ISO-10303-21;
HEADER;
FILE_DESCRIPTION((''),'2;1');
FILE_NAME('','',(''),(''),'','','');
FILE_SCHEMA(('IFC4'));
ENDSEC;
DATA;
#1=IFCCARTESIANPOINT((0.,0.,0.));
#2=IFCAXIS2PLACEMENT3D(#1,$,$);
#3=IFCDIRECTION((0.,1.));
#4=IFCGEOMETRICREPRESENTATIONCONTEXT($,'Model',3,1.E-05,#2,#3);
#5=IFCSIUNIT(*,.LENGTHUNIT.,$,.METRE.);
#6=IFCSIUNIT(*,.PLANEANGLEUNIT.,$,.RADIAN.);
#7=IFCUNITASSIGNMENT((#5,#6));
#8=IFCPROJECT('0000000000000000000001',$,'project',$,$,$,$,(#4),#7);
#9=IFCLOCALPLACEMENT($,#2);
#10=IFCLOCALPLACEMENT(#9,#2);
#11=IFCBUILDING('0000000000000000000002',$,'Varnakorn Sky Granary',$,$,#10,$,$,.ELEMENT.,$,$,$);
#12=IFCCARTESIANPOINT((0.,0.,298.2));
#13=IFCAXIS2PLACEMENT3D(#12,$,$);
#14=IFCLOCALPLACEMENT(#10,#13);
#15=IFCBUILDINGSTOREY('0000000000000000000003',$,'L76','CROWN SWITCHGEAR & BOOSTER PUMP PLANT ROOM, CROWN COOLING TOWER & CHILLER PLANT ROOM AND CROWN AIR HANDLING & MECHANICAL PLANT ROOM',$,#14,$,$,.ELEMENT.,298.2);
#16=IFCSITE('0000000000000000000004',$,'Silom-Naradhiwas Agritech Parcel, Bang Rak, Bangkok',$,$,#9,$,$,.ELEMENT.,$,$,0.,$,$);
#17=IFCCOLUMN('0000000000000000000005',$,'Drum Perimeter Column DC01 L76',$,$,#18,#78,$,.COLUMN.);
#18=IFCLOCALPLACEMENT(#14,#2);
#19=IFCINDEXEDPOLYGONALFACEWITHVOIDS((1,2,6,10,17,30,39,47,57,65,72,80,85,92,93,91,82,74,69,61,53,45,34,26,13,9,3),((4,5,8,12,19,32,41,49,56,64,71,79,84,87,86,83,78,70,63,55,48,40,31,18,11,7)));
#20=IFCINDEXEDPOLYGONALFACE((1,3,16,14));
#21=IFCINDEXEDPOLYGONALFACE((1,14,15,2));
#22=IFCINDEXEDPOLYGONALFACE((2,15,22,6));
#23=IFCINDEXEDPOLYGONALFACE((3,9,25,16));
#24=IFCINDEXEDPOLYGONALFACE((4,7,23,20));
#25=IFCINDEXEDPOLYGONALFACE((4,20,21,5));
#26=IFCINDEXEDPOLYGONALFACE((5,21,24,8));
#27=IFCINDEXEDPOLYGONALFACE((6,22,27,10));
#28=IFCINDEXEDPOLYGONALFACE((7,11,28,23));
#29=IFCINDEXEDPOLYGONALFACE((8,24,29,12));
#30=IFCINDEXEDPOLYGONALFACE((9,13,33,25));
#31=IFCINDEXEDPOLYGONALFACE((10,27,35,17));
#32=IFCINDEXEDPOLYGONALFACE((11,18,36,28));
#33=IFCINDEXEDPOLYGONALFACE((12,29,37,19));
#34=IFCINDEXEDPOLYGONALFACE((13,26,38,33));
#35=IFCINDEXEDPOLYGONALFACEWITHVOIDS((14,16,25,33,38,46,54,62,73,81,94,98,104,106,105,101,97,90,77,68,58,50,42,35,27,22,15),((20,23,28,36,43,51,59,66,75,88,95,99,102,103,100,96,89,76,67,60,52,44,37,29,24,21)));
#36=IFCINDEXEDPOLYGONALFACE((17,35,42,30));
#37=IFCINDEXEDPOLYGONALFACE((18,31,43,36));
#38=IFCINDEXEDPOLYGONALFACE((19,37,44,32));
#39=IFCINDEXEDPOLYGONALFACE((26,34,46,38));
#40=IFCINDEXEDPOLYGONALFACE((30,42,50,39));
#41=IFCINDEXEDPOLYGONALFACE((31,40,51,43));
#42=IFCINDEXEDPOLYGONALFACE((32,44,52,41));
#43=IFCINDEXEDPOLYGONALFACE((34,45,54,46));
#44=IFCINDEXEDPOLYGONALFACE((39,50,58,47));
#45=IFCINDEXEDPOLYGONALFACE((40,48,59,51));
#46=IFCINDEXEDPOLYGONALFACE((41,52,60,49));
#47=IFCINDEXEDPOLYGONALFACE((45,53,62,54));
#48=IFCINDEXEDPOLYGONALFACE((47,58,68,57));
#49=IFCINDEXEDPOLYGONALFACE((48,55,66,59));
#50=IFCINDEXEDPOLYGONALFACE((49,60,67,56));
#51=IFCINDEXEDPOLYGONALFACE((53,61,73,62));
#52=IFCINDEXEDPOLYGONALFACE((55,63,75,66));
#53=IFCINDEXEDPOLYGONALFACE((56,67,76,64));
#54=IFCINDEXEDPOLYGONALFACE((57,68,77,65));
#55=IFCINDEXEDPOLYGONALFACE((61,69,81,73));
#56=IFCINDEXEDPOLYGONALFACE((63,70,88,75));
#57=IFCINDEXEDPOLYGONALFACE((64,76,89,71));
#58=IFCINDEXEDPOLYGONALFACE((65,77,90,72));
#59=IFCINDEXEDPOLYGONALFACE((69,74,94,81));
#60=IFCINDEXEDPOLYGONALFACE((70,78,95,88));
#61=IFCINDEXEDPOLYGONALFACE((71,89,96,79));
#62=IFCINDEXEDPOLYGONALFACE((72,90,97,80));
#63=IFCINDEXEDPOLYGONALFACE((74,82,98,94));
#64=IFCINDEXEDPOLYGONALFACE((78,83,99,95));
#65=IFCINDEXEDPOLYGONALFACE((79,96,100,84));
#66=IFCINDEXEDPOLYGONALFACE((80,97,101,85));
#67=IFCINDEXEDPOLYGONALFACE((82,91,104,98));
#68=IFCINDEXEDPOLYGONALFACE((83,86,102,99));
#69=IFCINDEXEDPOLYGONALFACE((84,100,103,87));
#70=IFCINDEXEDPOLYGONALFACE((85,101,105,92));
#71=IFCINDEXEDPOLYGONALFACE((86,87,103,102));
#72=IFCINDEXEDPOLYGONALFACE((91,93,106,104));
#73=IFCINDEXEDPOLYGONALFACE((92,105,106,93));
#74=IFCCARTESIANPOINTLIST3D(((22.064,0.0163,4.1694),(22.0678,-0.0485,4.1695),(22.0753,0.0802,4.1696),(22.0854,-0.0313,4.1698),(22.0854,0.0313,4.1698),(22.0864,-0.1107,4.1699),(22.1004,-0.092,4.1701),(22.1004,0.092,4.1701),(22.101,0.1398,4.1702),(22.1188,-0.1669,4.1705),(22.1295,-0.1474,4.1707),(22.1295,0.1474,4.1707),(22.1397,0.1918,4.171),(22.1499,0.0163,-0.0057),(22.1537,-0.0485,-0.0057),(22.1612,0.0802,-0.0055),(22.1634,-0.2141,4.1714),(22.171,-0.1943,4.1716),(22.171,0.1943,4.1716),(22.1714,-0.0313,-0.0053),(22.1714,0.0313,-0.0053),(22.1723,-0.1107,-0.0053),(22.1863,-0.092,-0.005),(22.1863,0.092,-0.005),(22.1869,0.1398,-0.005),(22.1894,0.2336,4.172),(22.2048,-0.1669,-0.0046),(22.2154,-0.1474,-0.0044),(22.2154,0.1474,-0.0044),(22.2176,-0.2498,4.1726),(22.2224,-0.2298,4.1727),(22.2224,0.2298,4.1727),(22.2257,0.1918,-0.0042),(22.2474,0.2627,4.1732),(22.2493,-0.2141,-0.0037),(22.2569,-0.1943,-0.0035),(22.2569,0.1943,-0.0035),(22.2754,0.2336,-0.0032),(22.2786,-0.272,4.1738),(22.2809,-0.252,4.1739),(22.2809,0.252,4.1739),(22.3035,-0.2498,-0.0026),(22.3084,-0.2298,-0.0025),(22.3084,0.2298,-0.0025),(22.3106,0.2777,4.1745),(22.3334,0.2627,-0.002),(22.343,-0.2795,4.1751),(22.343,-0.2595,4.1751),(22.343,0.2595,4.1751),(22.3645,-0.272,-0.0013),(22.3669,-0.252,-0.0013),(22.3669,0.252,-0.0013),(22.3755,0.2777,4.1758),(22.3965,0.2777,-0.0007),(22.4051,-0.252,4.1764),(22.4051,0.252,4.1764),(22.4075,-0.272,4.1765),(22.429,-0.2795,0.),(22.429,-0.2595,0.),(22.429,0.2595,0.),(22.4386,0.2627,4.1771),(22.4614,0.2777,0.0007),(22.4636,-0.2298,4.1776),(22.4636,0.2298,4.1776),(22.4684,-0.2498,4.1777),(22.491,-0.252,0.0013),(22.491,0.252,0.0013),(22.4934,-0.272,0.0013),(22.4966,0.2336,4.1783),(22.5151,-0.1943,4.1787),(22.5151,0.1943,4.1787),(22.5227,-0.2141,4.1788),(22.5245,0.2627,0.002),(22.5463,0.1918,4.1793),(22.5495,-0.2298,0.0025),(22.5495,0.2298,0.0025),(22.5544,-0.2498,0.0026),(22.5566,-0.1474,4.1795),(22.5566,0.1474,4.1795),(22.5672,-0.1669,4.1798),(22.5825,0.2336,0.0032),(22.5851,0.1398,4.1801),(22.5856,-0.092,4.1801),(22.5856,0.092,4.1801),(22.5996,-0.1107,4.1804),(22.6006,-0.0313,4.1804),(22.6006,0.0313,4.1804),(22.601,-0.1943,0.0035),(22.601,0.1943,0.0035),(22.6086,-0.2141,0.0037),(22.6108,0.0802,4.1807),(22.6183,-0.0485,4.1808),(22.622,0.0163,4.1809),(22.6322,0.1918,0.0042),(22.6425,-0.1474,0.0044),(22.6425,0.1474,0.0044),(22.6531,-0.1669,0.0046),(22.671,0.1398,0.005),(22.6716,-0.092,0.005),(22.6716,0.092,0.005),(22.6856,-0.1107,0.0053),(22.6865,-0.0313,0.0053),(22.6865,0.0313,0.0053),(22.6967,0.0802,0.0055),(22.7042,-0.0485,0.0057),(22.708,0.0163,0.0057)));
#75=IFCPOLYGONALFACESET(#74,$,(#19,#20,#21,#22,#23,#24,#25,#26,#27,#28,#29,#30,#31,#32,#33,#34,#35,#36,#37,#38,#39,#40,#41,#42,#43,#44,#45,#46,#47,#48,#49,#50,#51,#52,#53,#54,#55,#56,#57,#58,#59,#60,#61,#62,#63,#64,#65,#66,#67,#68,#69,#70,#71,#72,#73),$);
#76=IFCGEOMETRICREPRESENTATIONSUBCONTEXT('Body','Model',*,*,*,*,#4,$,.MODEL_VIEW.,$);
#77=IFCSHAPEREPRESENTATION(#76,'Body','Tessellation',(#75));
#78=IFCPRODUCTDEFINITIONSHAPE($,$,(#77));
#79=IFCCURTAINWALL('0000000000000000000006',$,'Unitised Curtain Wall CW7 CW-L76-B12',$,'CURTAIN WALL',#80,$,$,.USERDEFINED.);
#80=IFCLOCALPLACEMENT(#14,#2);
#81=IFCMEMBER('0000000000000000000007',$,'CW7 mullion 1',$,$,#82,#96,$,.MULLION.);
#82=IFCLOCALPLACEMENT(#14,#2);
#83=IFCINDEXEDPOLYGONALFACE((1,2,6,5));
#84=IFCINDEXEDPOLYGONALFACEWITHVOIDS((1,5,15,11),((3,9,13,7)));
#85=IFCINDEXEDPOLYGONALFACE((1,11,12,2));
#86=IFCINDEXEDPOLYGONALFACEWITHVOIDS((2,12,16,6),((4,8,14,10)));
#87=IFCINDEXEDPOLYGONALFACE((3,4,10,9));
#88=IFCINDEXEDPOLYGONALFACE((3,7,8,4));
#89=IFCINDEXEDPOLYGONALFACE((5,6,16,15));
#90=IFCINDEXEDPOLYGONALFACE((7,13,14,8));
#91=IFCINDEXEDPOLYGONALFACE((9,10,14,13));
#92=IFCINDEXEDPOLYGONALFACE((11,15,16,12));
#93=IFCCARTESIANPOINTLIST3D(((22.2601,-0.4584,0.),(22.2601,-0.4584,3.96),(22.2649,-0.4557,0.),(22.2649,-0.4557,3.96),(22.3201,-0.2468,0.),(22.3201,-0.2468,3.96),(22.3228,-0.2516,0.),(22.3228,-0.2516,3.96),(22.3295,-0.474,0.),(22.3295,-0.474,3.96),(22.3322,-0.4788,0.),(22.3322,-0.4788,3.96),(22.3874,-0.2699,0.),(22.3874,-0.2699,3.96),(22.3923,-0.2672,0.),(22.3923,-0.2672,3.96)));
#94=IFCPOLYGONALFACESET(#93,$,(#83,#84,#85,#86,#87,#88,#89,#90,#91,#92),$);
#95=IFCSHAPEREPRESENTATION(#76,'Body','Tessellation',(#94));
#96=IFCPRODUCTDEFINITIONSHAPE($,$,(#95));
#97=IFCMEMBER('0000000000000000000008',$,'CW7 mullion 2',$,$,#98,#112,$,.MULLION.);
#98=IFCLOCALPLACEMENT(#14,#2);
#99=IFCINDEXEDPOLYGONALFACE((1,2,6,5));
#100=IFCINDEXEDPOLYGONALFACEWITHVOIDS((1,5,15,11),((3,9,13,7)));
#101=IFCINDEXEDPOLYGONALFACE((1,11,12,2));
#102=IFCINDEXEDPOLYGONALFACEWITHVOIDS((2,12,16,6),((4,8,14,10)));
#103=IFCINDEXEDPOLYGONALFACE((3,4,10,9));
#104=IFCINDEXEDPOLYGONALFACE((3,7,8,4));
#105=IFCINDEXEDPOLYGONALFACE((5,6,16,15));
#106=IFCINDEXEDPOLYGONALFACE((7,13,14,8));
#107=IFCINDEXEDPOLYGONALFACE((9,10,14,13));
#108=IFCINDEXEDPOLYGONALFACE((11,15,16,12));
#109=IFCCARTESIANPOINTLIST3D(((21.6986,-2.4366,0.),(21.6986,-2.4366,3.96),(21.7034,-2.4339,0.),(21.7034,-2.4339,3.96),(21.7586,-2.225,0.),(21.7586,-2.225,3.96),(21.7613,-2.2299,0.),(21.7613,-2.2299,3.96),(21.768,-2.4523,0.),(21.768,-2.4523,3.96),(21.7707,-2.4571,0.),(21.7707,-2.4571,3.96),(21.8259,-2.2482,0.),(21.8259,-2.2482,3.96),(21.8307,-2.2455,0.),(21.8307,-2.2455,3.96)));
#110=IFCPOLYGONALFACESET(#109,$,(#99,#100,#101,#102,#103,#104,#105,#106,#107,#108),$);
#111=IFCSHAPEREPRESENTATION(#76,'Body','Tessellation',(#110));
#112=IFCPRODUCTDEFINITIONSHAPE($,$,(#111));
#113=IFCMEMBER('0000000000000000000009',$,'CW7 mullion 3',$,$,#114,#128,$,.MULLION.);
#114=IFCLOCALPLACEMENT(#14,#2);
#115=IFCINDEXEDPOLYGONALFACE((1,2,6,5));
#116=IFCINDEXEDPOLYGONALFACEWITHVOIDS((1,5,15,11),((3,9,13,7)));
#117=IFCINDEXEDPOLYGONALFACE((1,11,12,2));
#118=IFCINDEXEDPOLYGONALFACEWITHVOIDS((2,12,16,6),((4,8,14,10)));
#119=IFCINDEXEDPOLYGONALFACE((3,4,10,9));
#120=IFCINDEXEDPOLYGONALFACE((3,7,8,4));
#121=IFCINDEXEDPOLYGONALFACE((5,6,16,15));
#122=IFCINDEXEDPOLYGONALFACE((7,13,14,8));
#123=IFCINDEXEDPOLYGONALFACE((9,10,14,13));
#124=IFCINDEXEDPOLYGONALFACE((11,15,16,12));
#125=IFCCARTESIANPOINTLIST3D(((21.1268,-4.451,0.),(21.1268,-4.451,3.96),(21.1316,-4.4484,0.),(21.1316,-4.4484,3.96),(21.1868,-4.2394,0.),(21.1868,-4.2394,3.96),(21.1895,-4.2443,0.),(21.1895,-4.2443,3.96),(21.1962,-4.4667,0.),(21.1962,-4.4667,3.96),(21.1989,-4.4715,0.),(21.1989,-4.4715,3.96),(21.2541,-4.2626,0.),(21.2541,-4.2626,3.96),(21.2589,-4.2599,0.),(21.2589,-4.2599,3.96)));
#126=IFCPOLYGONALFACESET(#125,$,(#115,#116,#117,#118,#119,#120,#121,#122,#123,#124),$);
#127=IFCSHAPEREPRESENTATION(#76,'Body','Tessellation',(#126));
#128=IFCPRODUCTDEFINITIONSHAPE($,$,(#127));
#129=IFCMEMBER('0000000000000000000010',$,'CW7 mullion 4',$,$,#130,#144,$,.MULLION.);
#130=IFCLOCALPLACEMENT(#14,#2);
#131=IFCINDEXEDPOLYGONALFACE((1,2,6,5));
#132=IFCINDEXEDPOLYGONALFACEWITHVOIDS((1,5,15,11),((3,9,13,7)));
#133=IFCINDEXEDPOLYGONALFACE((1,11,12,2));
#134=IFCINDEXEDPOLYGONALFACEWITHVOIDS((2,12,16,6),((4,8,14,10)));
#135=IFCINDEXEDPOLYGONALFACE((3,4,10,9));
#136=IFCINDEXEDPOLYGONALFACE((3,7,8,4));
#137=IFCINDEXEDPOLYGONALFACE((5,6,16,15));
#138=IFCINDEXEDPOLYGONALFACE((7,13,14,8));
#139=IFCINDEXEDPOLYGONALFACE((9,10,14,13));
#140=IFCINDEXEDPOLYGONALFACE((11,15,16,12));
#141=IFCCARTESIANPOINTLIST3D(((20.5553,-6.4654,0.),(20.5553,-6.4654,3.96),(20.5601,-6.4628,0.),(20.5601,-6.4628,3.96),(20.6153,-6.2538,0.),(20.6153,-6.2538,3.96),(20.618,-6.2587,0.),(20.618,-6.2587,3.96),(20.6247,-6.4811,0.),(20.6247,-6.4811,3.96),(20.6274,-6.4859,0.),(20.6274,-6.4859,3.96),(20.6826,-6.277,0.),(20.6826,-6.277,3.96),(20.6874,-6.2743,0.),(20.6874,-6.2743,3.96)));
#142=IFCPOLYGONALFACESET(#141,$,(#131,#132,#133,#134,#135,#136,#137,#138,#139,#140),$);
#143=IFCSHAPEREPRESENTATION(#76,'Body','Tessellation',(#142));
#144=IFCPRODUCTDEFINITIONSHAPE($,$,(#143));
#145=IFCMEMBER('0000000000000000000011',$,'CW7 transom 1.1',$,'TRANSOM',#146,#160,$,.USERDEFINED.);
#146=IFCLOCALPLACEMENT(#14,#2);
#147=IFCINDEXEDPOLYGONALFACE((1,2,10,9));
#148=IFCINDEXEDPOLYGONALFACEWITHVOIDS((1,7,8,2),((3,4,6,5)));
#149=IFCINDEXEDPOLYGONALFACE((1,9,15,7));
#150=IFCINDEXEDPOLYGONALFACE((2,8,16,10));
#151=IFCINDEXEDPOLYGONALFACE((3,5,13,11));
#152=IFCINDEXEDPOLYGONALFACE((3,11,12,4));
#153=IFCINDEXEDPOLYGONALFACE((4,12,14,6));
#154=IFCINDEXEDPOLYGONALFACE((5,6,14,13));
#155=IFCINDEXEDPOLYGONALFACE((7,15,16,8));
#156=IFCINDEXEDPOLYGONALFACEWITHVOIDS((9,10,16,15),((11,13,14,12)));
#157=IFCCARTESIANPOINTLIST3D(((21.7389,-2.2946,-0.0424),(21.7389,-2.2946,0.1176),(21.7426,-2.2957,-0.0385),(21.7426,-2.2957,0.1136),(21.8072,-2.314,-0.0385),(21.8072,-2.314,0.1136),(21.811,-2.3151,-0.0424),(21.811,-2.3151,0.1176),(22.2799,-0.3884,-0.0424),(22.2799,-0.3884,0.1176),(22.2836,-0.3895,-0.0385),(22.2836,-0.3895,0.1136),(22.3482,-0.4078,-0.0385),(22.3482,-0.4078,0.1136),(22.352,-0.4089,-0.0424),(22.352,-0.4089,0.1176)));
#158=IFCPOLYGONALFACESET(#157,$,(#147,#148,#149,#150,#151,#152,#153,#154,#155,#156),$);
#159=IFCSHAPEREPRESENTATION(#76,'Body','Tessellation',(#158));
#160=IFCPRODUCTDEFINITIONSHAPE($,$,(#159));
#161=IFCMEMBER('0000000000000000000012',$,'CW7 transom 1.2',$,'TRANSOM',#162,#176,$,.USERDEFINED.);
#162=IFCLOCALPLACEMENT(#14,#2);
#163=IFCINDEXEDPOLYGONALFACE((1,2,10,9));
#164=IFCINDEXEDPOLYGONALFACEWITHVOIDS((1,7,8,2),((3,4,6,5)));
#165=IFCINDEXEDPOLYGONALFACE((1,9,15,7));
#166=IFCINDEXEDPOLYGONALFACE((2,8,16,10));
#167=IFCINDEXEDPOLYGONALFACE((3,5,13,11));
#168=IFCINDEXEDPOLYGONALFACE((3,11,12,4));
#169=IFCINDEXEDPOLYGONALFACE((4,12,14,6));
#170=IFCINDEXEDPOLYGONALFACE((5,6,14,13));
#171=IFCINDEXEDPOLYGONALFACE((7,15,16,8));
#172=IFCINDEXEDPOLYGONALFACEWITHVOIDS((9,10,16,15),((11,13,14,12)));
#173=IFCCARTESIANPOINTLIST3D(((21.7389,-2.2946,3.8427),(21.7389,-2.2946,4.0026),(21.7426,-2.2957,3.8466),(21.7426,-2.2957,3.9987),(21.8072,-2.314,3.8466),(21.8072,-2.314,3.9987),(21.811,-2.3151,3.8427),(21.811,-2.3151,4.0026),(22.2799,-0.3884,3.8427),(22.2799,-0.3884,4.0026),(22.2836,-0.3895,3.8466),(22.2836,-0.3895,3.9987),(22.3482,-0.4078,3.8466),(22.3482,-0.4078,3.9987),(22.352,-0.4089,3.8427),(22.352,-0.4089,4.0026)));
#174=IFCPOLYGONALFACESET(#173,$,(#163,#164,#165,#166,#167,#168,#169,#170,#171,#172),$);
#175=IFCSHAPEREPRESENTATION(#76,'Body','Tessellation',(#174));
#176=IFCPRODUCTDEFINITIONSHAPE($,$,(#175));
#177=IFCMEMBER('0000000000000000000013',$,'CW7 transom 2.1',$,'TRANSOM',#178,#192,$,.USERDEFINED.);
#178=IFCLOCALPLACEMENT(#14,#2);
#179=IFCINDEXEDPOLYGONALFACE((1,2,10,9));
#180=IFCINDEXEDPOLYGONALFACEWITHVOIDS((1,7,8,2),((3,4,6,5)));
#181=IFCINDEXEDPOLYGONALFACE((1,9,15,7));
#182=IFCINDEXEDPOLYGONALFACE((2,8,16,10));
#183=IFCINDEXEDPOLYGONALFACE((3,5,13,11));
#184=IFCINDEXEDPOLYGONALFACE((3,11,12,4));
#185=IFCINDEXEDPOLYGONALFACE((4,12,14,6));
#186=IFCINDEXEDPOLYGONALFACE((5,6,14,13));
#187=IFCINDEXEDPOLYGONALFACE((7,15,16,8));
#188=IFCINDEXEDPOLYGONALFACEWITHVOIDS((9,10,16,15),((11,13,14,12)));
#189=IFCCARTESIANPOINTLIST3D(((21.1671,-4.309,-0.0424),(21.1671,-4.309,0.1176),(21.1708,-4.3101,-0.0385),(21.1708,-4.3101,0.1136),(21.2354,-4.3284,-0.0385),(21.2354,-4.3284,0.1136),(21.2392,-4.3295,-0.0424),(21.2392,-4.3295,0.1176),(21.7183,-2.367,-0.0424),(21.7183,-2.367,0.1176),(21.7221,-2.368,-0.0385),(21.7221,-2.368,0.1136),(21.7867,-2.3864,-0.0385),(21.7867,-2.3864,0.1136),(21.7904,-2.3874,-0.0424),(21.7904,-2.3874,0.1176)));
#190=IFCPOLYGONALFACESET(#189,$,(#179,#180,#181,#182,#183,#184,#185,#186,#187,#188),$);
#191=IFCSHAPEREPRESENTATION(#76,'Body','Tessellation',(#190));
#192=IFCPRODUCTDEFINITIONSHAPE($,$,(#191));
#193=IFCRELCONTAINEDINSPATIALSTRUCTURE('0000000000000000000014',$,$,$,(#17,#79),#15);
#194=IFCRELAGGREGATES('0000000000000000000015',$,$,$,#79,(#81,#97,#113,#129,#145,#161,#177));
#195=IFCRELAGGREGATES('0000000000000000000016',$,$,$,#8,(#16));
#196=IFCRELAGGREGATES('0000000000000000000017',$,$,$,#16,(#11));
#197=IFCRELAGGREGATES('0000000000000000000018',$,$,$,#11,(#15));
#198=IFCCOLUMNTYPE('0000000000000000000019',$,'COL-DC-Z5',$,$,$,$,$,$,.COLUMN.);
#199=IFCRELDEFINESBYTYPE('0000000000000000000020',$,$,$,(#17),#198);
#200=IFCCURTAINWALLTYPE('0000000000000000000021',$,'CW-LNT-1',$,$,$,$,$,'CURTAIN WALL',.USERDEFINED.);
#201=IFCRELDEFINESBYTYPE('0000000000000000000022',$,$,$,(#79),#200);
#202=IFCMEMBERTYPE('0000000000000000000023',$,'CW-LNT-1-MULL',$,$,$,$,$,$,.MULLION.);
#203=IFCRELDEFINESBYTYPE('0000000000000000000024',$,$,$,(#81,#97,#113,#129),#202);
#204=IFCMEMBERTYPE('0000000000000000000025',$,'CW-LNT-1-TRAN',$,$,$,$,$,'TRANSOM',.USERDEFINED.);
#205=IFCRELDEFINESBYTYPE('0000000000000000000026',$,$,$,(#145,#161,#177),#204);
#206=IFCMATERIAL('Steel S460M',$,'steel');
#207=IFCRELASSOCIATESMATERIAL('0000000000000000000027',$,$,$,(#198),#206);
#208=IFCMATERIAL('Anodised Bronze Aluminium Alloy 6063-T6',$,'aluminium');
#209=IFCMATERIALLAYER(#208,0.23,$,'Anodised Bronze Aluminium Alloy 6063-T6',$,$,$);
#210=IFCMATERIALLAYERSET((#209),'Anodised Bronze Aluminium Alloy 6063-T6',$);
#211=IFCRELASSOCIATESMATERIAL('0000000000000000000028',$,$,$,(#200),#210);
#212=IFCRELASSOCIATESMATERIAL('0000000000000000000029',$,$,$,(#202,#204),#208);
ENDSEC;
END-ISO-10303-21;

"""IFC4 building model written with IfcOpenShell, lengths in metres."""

from ifc_helpers import new_model, si_unit, direction, frame, origin, origin_2d, place, context, subcontext, project, spatial, hollow_rectangle, hollow_circle, extrude, material, layer, layer_set, material_profile, profile_set, type_object, element, aggregate, save


model = new_model("IFC4")

# Units and contexts
model_context = context("Model", 3, precision=1e-05, world=origin(), true_north=direction((0.0, 1.0)))
body_context = subcontext(model_context, "Body", "Model", "MODEL_VIEW")
ifc_project = project(units=[si_unit("LENGTHUNIT", "METRE"), si_unit("PLANEANGLEUNIT", "RADIAN")], contexts=[model_context])

# Site, building, storey
site_placement = place(None, origin())
site = spatial("IfcSite", under=ifc_project, at=site_placement, Name="Silom-Naradhiwas Agritech Parcel, Bang Rak, Bangkok", CompositionType="ELEMENT", RefElevation=0.0)
building_placement = place(site_placement, origin())
building = spatial("IfcBuilding", under=site, at=building_placement, Name="Varnakorn Sky Granary", CompositionType="ELEMENT")
storey_placement = place(building_placement, frame((0.0, 0.0, 298.2)))
storey = spatial("IfcBuildingStorey", under=building, at=storey_placement, Name="L76", Description="CROWN SWITCHGEAR & BOOSTER PUMP PLANT ROOM, CROWN COOLING TOWER & CHILLER PLANT ROOM AND CROWN AIR HANDLING & MECHANICAL PLANT ROOM", CompositionType="ELEMENT", Elevation=298.2)

# Column
ifc_material_1 = material(Name="Steel S460M", Category="steel")
ifc_material_profile_1 = material_profile(ifc_material_1, hollow_circle(Radius=0.2795, WallThickness=0.02, at=origin_2d()), Name="CHS 559x20")
ifc_profile_set_1 = profile_set([ifc_material_profile_1], Name="Steel S460M")
column_type = type_object("IfcColumnType", Name="COL-DC-Z5", PredefinedType="COLUMN", material=ifc_profile_set_1)
column_placement = place(storey_placement, frame((22.429, 0.0, 0.0), z_axis=(-0.020579, 0.0, 0.999788), x_axis=(0.0, -1.0, 0.0)))
element("IfcColumn", 1, at=column_placement, inside=storey, type_object=column_type, Name="Drum Perimeter Column DC01 L76", PredefinedType="COLUMN", context=body_context, shape_type="SweptSolid", body=[
    extrude(hollow_circle(Radius=0.2795, WallThickness=0.02, at=origin_2d()), origin(), (0.0, 0.0, 1.0), 4.176),
])

# Curtain wall, members
ifc_material_2 = material(Name="Anodised Bronze Aluminium Alloy 6063-T6", Category="aluminium")
ifc_layer_1 = layer(ifc_material_2, 0.23, Name="Anodised Bronze Aluminium Alloy 6063-T6")
ifc_layer_set_1 = layer_set([ifc_layer_1], Name="Anodised Bronze Aluminium Alloy 6063-T6")
curtain_wall_type = type_object("IfcCurtainWallType", Name="CW-LNT-1", ElementType="CURTAIN WALL", PredefinedType="USERDEFINED", material=ifc_layer_set_1)
curtain_wall_placement = place(storey_placement, origin())
curtain_wall = element("IfcCurtainWall", 2, at=curtain_wall_placement, inside=storey, type_object=curtain_wall_type, Name="Unitised Curtain Wall CW7 CW-L76-B12", ObjectType="CURTAIN WALL", PredefinedType="USERDEFINED")
ifc_material_profile_2 = material_profile(ifc_material_2, hollow_rectangle(XDim=0.075, YDim=0.22, WallThickness=0.0039, at=origin_2d()), Name="ALU MULL 75x220")
ifc_profile_set_2 = profile_set([ifc_material_profile_2], Name="Anodised Bronze Aluminium Alloy 6063-T6")
member_type_1 = type_object("IfcMemberType", Name="CW-LNT-1-MULL", PredefinedType="MULLION", material=ifc_profile_set_2)
member_1_placement = place(storey_placement, frame((22.3262, -0.3628, 0.0), z_axis=(0.0, 0.0, 1.0), x_axis=(0.962012, -0.273007, 0.0)))
member_1 = element("IfcMember", 3, at=member_1_placement, type_object=member_type_1, Name="CW7 mullion 1", PredefinedType="MULLION", context=body_context, shape_type="SweptSolid", body=[
    extrude(hollow_rectangle(XDim=0.075, YDim=0.22, WallThickness=0.0039, at=origin_2d()), origin(), (0.0, 0.0, 1.0), 3.96),
])
member_2_placement = place(storey_placement, frame((21.7646, -2.3411, 0.0), z_axis=(0.0, 0.0, 1.0), x_axis=(0.962012, -0.273007, 0.0)))
member_2 = element("IfcMember", 4, at=member_2_placement, type_object=member_type_1, Name="CW7 mullion 2", PredefinedType="MULLION", context=body_context, shape_type="SweptSolid", body=[
    extrude(hollow_rectangle(XDim=0.075, YDim=0.22, WallThickness=0.0039, at=origin_2d()), origin(), (0.0, 0.0, 1.0), 3.96),
])
member_3_placement = place(storey_placement, frame((21.1929, -4.3555, 0.0), z_axis=(0.0, 0.0, 1.0), x_axis=(0.962012, -0.273007, 0.0)))
member_3 = element("IfcMember", 5, at=member_3_placement, type_object=member_type_1, Name="CW7 mullion 3", PredefinedType="MULLION", context=body_context, shape_type="SweptSolid", body=[
    extrude(hollow_rectangle(XDim=0.075, YDim=0.22, WallThickness=0.0039, at=origin_2d()), origin(), (0.0, 0.0, 1.0), 3.96),
])
member_4_placement = place(storey_placement, frame((20.6213, -6.3699, 0.0), z_axis=(0.0, 0.0, 1.0), x_axis=(0.962012, -0.273007, 0.0)))
member_4 = element("IfcMember", 6, at=member_4_placement, type_object=member_type_1, Name="CW7 mullion 4", PredefinedType="MULLION", context=body_context, shape_type="SweptSolid", body=[
    extrude(hollow_rectangle(XDim=0.075, YDim=0.22, WallThickness=0.0039, at=origin_2d()), origin(), (0.0, 0.0, 1.0), 3.96),
])
ifc_material_profile_3 = material_profile(ifc_material_2, hollow_rectangle(XDim=0.075, YDim=0.1599, WallThickness=0.0039, at=origin_2d()), Name="ALU TRAN 75x160")
ifc_profile_set_3 = profile_set([ifc_material_profile_3], Name="Anodised Bronze Aluminium Alloy 6063-T6")
member_type_2 = type_object("IfcMemberType", Name="CW-LNT-1-TRAN", ElementType="TRANSOM", PredefinedType="USERDEFINED", material=ifc_profile_set_3)
member_5_placement = place(storey_placement, frame((22.3159, -0.3987, 0.0376), z_axis=(-0.273028, -0.962006, 0.0), x_axis=(0.962006, -0.273028, 0.0)))
member_5 = element("IfcMember", 7, at=member_5_placement, type_object=member_type_2, Name="CW7 transom 1.1", ObjectType="TRANSOM", PredefinedType="USERDEFINED", context=body_context, shape_type="SweptSolid", body=[
    extrude(hollow_rectangle(XDim=0.075, YDim=0.1599, WallThickness=0.0039, at=origin_2d()), origin(), (0.0, 0.0, 1.0), 1.9814),
])
member_6_placement = place(storey_placement, frame((22.3159, -0.3987, 3.9226), z_axis=(-0.273028, -0.962006, 0.0), x_axis=(0.962006, -0.273028, 0.0)))
member_6 = element("IfcMember", 8, at=member_6_placement, type_object=member_type_2, Name="CW7 transom 1.2", ObjectType="TRANSOM", PredefinedType="USERDEFINED", context=body_context, shape_type="SweptSolid", body=[
    extrude(hollow_rectangle(XDim=0.075, YDim=0.1599, WallThickness=0.0039, at=origin_2d()), origin(), (0.0, 0.0, 1.0), 1.9814),
])
member_7_placement = place(storey_placement, frame((21.7544, -2.3772, 0.0376), z_axis=(-0.27306, -0.961997, 0.0), x_axis=(0.961997, -0.27306, 0.0)))
member_7 = element("IfcMember", 9, at=member_7_placement, type_object=member_type_2, Name="CW7 transom 2.1", ObjectType="TRANSOM", PredefinedType="USERDEFINED", context=body_context, shape_type="SweptSolid", body=[
    extrude(hollow_rectangle(XDim=0.075, YDim=0.1599, WallThickness=0.0039, at=origin_2d()), origin(), (0.0, 0.0, 1.0), 2.0188),
])

aggregate(curtain_wall, [member_1, member_2, member_3, member_4, member_5, member_6, member_7])

save(model, "model.ifc")
